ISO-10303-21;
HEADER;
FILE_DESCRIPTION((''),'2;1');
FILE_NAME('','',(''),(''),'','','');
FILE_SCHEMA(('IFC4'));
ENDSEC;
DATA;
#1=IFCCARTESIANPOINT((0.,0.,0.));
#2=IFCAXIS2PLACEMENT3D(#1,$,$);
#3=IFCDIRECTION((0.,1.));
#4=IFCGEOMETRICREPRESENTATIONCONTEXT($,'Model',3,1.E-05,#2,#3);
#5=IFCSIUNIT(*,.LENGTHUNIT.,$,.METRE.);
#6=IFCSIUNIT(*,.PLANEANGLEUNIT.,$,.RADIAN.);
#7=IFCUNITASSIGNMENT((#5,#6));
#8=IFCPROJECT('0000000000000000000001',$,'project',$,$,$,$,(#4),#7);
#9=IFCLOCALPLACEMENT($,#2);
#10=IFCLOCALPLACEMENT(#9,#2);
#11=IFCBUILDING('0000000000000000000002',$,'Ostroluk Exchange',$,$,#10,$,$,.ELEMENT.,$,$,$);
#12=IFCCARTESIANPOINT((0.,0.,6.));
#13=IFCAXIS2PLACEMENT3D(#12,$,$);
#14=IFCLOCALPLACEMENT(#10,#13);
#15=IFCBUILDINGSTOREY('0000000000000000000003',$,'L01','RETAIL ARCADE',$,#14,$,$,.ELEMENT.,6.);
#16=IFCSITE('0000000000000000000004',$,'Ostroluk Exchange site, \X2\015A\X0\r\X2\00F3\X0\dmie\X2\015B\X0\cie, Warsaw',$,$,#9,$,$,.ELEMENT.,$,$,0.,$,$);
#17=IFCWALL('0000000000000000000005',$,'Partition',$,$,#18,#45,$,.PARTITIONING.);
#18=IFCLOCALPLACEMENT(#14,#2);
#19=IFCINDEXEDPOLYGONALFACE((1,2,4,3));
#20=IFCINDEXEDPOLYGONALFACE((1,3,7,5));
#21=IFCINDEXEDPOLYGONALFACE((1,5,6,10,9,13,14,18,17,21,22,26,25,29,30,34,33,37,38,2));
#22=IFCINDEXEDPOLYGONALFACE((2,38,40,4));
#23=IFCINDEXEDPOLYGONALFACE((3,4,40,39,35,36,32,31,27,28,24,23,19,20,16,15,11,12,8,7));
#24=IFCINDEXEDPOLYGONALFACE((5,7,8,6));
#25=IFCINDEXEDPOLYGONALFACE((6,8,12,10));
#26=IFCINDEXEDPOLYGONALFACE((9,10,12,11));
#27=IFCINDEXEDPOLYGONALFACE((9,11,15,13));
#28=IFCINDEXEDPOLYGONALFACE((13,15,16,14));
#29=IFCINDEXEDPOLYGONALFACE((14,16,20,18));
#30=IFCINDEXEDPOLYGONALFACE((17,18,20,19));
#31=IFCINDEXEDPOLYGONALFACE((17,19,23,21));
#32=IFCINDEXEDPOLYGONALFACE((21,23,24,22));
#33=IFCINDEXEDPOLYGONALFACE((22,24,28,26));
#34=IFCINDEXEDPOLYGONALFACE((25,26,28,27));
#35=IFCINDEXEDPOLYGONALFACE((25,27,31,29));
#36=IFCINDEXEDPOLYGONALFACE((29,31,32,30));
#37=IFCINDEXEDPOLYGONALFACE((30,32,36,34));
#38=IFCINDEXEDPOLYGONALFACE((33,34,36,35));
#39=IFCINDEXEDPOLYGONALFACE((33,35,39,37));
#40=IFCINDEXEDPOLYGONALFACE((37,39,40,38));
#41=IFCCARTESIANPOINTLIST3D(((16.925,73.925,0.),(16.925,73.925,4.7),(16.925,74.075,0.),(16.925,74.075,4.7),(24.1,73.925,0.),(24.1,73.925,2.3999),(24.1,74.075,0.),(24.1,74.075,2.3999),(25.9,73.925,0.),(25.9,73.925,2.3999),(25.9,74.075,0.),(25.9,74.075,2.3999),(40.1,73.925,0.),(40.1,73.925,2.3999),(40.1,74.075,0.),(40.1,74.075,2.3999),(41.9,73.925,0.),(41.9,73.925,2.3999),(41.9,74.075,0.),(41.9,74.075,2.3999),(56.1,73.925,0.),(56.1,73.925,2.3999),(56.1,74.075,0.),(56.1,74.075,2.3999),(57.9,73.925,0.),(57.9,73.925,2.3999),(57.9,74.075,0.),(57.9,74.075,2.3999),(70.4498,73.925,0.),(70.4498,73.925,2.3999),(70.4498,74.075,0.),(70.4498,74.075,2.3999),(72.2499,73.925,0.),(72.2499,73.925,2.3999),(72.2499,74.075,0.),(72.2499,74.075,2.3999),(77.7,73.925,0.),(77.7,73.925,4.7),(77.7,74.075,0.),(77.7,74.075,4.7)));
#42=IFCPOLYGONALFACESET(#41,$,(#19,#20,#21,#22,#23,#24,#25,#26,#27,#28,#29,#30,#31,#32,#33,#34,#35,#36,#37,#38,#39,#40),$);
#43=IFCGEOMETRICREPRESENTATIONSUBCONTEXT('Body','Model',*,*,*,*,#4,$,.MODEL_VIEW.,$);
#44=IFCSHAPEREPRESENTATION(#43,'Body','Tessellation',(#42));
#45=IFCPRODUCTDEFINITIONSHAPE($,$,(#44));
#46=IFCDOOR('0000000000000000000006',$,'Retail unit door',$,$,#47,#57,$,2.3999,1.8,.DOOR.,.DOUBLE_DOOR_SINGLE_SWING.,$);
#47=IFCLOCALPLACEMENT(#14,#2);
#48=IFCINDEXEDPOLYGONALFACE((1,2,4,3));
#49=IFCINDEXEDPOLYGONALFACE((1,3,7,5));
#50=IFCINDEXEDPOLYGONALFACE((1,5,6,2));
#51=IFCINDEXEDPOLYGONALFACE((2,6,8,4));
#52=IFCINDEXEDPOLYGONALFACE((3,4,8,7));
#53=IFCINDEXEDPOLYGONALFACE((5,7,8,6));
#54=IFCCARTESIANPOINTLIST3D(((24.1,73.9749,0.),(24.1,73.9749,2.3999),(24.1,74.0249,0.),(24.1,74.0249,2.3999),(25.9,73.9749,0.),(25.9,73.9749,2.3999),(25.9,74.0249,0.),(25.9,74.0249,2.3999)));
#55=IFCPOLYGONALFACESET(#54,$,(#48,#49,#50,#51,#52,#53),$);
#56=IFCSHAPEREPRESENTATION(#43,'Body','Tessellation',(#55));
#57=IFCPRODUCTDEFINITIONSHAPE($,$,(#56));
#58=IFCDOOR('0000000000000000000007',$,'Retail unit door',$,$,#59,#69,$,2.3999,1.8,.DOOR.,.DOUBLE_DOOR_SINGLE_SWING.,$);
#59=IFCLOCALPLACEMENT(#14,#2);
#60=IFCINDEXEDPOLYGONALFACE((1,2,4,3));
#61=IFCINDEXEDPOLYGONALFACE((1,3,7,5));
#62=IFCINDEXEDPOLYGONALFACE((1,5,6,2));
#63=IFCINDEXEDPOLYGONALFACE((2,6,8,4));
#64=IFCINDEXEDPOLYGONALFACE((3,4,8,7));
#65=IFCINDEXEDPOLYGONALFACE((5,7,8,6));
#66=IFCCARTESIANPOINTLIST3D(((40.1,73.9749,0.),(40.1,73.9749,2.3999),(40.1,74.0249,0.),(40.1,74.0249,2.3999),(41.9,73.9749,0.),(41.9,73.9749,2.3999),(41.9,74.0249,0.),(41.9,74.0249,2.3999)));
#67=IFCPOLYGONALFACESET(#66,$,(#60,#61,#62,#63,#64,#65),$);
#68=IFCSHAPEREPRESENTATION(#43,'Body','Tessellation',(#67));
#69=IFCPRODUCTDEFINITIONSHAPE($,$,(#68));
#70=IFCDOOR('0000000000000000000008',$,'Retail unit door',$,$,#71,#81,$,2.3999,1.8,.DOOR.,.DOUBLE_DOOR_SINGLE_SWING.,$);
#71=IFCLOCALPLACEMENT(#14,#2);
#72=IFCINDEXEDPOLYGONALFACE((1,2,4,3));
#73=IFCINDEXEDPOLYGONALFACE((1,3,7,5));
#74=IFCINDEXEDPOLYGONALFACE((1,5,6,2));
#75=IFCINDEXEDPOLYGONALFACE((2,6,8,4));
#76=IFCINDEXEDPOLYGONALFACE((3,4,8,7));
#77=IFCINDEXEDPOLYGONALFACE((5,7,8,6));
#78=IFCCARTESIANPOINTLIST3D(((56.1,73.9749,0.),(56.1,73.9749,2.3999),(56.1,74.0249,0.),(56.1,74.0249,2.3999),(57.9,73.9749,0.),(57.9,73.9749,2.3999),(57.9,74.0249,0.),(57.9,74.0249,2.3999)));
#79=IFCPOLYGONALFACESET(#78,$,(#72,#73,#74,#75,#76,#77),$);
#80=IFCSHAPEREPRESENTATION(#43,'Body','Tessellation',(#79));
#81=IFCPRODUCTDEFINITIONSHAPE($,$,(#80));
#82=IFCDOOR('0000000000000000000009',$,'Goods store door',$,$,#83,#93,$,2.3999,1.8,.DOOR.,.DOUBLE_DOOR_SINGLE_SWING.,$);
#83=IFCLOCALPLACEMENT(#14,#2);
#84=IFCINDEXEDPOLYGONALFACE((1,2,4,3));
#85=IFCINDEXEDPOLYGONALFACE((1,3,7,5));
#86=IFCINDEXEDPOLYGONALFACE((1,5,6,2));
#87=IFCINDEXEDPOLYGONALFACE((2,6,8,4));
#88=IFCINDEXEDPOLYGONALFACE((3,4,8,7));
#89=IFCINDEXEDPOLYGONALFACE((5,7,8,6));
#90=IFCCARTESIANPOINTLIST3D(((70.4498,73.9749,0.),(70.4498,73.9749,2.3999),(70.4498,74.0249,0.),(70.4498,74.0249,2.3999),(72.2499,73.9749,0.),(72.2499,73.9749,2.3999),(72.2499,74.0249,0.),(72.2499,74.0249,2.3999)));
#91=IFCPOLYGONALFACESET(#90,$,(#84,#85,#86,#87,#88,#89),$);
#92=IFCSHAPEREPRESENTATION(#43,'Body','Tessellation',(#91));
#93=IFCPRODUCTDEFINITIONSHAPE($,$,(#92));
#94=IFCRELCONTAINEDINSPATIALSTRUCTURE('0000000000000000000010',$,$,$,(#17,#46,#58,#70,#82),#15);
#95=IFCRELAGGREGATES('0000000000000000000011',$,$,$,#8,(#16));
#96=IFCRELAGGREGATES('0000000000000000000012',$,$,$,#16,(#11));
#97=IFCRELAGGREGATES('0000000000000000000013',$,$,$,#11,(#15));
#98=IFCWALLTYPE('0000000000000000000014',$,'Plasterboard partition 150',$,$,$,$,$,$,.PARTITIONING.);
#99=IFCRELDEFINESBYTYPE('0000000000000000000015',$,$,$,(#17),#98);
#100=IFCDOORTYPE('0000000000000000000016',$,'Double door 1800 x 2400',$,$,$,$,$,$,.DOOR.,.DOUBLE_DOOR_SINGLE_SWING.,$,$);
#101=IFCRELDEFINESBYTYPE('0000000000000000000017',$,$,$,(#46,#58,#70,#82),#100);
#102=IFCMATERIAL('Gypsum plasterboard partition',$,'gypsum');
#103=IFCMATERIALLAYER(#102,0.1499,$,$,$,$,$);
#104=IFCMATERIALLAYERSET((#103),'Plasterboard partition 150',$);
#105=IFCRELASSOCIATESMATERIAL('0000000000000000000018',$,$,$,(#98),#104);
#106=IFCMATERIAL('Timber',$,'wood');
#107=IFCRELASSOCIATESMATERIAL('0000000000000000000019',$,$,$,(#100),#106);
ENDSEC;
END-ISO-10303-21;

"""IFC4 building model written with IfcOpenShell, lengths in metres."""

from ifc_helpers import new_model, si_unit, direction, frame, frame_2d, origin, place, context, subcontext, project, spatial, rectangle, extrude, material, layer, layer_set, type_object, element, fill, save


model = new_model("IFC4")

# Units and contexts
model_context = context("Model", 3, precision=1e-05, world=origin(), true_north=direction((0.0, 1.0)))
body_context = subcontext(model_context, "Body", "Model", "MODEL_VIEW")
ifc_project = project(units=[si_unit("LENGTHUNIT", "METRE"), si_unit("PLANEANGLEUNIT", "RADIAN")], contexts=[model_context])

# Site, building, storey
site_placement = place(None, origin())
site = spatial("IfcSite", under=ifc_project, at=site_placement, Name="Ostroluk Exchange site, Śródmieście, Warsaw", CompositionType="ELEMENT", RefElevation=0.0)
building_placement = place(site_placement, origin())
building = spatial("IfcBuilding", under=site, at=building_placement, Name="Ostroluk Exchange", CompositionType="ELEMENT")
storey_placement = place(building_placement, frame((0.0, 0.0, 6.0)))
storey = spatial("IfcBuildingStorey", under=building, at=storey_placement, Name="L01", Description="RETAIL ARCADE", CompositionType="ELEMENT", Elevation=6.0)

# Wall, openings, doors
ifc_material_1 = material(Name="Gypsum plasterboard partition", Category="gypsum")
ifc_layer_1 = layer(ifc_material_1, 0.1499)
ifc_layer_set_1 = layer_set([ifc_layer_1], Name="Plasterboard partition 150")
wall_type_1 = type_object("IfcWallType", Name="Plasterboard partition 150", PredefinedType="PARTITIONING", material=ifc_layer_set_1)
wall_1_placement = place(storey_placement, frame((16.925, 74.0, 0.0), z_axis=(0.0, 0.0, 1.0), x_axis=(1.0, 0.0, 0.0)))
wall_1 = element("IfcWall", 1, at=wall_1_placement, inside=storey, type_object=wall_type_1, Name="Partition", PredefinedType="PARTITIONING", context=body_context, shape_type="SweptSolid", body=[
    extrude(rectangle(XDim=60.7749, YDim=0.1499, at=frame_2d((30.3875, 0.0))), origin(), (0.0, 0.0, 1.0), 4.7),
])
opening_1_placement = place(wall_1_placement, frame((7.175, 0.0, 0.0)))
opening_1 = element("IfcOpeningElement", 2, at=opening_1_placement, cuts=wall_1, PredefinedType="OPENING", context=body_context, shape_type="SweptSolid", body=[
    extrude(rectangle(XDim=1.8, YDim=2.3999, at=frame_2d((0.8999, 1.2))), frame((0.0, 0.085, 0.0), z_axis=(0.0, -1.0, 0.0), x_axis=(1.0, 0.0, 0.0)), (0.0, 0.0, 1.0), 0.1699),
])
opening_2_placement = place(wall_1_placement, frame((23.175, 0.0, 0.0)))
opening_2 = element("IfcOpeningElement", 3, at=opening_2_placement, cuts=wall_1, PredefinedType="OPENING", context=body_context, shape_type="SweptSolid", body=[
    extrude(rectangle(XDim=1.8, YDim=2.3999, at=frame_2d((0.8999, 1.2))), frame((0.0, 0.085, 0.0), z_axis=(0.0, -1.0, 0.0), x_axis=(1.0, 0.0, 0.0)), (0.0, 0.0, 1.0), 0.1699),
])
opening_3_placement = place(wall_1_placement, frame((39.175, 0.0, 0.0)))
opening_3 = element("IfcOpeningElement", 4, at=opening_3_placement, cuts=wall_1, PredefinedType="OPENING", context=body_context, shape_type="SweptSolid", body=[
    extrude(rectangle(XDim=1.8, YDim=2.3999, at=frame_2d((0.8999, 1.2))), frame((0.0, 0.085, 0.0), z_axis=(0.0, -1.0, 0.0), x_axis=(1.0, 0.0, 0.0)), (0.0, 0.0, 1.0), 0.1699),
])
opening_4_placement = place(wall_1_placement, frame((53.5249, 0.0, 0.0)))
opening_4 = element("IfcOpeningElement", 5, at=opening_4_placement, cuts=wall_1, PredefinedType="OPENING", context=body_context, shape_type="SweptSolid", body=[
    extrude(rectangle(XDim=1.8, YDim=2.3999, at=frame_2d((0.8999, 1.2))), frame((0.0, 0.085, 0.0), z_axis=(0.0, -1.0, 0.0), x_axis=(1.0, 0.0, 0.0)), (0.0, 0.0, 1.0), 0.1699),
])
ifc_material_2 = material(Name="Timber", Category="wood")
door_type_1 = type_object("IfcDoorType", Name="Double door 1800 x 2400", OperationType="DOUBLE_DOOR_SINGLE_SWING", PredefinedType="DOOR", material=ifc_material_2)
door_1_placement = place(opening_1_placement, origin())
door_1 = element("IfcDoor", 6, at=door_1_placement, inside=storey, type_object=door_type_1, Name="Retail unit door", OperationType="DOUBLE_DOOR_SINGLE_SWING", OverallHeight=2.3999, OverallWidth=1.8, PredefinedType="DOOR", context=body_context, shape_type="SweptSolid", body=[
    extrude(rectangle(XDim=1.8, YDim=2.3999, at=frame_2d((0.8999, 1.2))), frame((0.0, 0.0249, 0.0), z_axis=(0.0, -1.0, 0.0), x_axis=(1.0, 0.0, 0.0)), (0.0, 0.0, 1.0), 0.05),
])
fill(opening_1, door_1)
door_2_placement = place(opening_2_placement, origin())
door_2 = element("IfcDoor", 7, at=door_2_placement, inside=storey, type_object=door_type_1, Name="Retail unit door", OperationType="DOUBLE_DOOR_SINGLE_SWING", OverallHeight=2.3999, OverallWidth=1.8, PredefinedType="DOOR", context=body_context, shape_type="SweptSolid", body=[
    extrude(rectangle(XDim=1.8, YDim=2.3999, at=frame_2d((0.8999, 1.2))), frame((0.0, 0.0249, 0.0), z_axis=(0.0, -1.0, 0.0), x_axis=(1.0, 0.0, 0.0)), (0.0, 0.0, 1.0), 0.05),
])
fill(opening_2, door_2)
door_3_placement = place(opening_3_placement, origin())
door_3 = element("IfcDoor", 8, at=door_3_placement, inside=storey, type_object=door_type_1, Name="Retail unit door", OperationType="DOUBLE_DOOR_SINGLE_SWING", OverallHeight=2.3999, OverallWidth=1.8, PredefinedType="DOOR", context=body_context, shape_type="SweptSolid", body=[
    extrude(rectangle(XDim=1.8, YDim=2.3999, at=frame_2d((0.8999, 1.2))), frame((0.0, 0.0249, 0.0), z_axis=(0.0, -1.0, 0.0), x_axis=(1.0, 0.0, 0.0)), (0.0, 0.0, 1.0), 0.05),
])
fill(opening_3, door_3)
door_4_placement = place(opening_4_placement, origin())
door_4 = element("IfcDoor", 9, at=door_4_placement, inside=storey, type_object=door_type_1, Name="Goods store door", OperationType="DOUBLE_DOOR_SINGLE_SWING", OverallHeight=2.3999, OverallWidth=1.8, PredefinedType="DOOR", context=body_context, shape_type="SweptSolid", body=[
    extrude(rectangle(XDim=1.8, YDim=2.3999, at=frame_2d((0.8999, 1.2))), frame((0.0, 0.0249, 0.0), z_axis=(0.0, -1.0, 0.0), x_axis=(1.0, 0.0, 0.0)), (0.0, 0.0, 1.0), 0.05),
])
fill(opening_4, door_4)

save(model, "model.ifc")
